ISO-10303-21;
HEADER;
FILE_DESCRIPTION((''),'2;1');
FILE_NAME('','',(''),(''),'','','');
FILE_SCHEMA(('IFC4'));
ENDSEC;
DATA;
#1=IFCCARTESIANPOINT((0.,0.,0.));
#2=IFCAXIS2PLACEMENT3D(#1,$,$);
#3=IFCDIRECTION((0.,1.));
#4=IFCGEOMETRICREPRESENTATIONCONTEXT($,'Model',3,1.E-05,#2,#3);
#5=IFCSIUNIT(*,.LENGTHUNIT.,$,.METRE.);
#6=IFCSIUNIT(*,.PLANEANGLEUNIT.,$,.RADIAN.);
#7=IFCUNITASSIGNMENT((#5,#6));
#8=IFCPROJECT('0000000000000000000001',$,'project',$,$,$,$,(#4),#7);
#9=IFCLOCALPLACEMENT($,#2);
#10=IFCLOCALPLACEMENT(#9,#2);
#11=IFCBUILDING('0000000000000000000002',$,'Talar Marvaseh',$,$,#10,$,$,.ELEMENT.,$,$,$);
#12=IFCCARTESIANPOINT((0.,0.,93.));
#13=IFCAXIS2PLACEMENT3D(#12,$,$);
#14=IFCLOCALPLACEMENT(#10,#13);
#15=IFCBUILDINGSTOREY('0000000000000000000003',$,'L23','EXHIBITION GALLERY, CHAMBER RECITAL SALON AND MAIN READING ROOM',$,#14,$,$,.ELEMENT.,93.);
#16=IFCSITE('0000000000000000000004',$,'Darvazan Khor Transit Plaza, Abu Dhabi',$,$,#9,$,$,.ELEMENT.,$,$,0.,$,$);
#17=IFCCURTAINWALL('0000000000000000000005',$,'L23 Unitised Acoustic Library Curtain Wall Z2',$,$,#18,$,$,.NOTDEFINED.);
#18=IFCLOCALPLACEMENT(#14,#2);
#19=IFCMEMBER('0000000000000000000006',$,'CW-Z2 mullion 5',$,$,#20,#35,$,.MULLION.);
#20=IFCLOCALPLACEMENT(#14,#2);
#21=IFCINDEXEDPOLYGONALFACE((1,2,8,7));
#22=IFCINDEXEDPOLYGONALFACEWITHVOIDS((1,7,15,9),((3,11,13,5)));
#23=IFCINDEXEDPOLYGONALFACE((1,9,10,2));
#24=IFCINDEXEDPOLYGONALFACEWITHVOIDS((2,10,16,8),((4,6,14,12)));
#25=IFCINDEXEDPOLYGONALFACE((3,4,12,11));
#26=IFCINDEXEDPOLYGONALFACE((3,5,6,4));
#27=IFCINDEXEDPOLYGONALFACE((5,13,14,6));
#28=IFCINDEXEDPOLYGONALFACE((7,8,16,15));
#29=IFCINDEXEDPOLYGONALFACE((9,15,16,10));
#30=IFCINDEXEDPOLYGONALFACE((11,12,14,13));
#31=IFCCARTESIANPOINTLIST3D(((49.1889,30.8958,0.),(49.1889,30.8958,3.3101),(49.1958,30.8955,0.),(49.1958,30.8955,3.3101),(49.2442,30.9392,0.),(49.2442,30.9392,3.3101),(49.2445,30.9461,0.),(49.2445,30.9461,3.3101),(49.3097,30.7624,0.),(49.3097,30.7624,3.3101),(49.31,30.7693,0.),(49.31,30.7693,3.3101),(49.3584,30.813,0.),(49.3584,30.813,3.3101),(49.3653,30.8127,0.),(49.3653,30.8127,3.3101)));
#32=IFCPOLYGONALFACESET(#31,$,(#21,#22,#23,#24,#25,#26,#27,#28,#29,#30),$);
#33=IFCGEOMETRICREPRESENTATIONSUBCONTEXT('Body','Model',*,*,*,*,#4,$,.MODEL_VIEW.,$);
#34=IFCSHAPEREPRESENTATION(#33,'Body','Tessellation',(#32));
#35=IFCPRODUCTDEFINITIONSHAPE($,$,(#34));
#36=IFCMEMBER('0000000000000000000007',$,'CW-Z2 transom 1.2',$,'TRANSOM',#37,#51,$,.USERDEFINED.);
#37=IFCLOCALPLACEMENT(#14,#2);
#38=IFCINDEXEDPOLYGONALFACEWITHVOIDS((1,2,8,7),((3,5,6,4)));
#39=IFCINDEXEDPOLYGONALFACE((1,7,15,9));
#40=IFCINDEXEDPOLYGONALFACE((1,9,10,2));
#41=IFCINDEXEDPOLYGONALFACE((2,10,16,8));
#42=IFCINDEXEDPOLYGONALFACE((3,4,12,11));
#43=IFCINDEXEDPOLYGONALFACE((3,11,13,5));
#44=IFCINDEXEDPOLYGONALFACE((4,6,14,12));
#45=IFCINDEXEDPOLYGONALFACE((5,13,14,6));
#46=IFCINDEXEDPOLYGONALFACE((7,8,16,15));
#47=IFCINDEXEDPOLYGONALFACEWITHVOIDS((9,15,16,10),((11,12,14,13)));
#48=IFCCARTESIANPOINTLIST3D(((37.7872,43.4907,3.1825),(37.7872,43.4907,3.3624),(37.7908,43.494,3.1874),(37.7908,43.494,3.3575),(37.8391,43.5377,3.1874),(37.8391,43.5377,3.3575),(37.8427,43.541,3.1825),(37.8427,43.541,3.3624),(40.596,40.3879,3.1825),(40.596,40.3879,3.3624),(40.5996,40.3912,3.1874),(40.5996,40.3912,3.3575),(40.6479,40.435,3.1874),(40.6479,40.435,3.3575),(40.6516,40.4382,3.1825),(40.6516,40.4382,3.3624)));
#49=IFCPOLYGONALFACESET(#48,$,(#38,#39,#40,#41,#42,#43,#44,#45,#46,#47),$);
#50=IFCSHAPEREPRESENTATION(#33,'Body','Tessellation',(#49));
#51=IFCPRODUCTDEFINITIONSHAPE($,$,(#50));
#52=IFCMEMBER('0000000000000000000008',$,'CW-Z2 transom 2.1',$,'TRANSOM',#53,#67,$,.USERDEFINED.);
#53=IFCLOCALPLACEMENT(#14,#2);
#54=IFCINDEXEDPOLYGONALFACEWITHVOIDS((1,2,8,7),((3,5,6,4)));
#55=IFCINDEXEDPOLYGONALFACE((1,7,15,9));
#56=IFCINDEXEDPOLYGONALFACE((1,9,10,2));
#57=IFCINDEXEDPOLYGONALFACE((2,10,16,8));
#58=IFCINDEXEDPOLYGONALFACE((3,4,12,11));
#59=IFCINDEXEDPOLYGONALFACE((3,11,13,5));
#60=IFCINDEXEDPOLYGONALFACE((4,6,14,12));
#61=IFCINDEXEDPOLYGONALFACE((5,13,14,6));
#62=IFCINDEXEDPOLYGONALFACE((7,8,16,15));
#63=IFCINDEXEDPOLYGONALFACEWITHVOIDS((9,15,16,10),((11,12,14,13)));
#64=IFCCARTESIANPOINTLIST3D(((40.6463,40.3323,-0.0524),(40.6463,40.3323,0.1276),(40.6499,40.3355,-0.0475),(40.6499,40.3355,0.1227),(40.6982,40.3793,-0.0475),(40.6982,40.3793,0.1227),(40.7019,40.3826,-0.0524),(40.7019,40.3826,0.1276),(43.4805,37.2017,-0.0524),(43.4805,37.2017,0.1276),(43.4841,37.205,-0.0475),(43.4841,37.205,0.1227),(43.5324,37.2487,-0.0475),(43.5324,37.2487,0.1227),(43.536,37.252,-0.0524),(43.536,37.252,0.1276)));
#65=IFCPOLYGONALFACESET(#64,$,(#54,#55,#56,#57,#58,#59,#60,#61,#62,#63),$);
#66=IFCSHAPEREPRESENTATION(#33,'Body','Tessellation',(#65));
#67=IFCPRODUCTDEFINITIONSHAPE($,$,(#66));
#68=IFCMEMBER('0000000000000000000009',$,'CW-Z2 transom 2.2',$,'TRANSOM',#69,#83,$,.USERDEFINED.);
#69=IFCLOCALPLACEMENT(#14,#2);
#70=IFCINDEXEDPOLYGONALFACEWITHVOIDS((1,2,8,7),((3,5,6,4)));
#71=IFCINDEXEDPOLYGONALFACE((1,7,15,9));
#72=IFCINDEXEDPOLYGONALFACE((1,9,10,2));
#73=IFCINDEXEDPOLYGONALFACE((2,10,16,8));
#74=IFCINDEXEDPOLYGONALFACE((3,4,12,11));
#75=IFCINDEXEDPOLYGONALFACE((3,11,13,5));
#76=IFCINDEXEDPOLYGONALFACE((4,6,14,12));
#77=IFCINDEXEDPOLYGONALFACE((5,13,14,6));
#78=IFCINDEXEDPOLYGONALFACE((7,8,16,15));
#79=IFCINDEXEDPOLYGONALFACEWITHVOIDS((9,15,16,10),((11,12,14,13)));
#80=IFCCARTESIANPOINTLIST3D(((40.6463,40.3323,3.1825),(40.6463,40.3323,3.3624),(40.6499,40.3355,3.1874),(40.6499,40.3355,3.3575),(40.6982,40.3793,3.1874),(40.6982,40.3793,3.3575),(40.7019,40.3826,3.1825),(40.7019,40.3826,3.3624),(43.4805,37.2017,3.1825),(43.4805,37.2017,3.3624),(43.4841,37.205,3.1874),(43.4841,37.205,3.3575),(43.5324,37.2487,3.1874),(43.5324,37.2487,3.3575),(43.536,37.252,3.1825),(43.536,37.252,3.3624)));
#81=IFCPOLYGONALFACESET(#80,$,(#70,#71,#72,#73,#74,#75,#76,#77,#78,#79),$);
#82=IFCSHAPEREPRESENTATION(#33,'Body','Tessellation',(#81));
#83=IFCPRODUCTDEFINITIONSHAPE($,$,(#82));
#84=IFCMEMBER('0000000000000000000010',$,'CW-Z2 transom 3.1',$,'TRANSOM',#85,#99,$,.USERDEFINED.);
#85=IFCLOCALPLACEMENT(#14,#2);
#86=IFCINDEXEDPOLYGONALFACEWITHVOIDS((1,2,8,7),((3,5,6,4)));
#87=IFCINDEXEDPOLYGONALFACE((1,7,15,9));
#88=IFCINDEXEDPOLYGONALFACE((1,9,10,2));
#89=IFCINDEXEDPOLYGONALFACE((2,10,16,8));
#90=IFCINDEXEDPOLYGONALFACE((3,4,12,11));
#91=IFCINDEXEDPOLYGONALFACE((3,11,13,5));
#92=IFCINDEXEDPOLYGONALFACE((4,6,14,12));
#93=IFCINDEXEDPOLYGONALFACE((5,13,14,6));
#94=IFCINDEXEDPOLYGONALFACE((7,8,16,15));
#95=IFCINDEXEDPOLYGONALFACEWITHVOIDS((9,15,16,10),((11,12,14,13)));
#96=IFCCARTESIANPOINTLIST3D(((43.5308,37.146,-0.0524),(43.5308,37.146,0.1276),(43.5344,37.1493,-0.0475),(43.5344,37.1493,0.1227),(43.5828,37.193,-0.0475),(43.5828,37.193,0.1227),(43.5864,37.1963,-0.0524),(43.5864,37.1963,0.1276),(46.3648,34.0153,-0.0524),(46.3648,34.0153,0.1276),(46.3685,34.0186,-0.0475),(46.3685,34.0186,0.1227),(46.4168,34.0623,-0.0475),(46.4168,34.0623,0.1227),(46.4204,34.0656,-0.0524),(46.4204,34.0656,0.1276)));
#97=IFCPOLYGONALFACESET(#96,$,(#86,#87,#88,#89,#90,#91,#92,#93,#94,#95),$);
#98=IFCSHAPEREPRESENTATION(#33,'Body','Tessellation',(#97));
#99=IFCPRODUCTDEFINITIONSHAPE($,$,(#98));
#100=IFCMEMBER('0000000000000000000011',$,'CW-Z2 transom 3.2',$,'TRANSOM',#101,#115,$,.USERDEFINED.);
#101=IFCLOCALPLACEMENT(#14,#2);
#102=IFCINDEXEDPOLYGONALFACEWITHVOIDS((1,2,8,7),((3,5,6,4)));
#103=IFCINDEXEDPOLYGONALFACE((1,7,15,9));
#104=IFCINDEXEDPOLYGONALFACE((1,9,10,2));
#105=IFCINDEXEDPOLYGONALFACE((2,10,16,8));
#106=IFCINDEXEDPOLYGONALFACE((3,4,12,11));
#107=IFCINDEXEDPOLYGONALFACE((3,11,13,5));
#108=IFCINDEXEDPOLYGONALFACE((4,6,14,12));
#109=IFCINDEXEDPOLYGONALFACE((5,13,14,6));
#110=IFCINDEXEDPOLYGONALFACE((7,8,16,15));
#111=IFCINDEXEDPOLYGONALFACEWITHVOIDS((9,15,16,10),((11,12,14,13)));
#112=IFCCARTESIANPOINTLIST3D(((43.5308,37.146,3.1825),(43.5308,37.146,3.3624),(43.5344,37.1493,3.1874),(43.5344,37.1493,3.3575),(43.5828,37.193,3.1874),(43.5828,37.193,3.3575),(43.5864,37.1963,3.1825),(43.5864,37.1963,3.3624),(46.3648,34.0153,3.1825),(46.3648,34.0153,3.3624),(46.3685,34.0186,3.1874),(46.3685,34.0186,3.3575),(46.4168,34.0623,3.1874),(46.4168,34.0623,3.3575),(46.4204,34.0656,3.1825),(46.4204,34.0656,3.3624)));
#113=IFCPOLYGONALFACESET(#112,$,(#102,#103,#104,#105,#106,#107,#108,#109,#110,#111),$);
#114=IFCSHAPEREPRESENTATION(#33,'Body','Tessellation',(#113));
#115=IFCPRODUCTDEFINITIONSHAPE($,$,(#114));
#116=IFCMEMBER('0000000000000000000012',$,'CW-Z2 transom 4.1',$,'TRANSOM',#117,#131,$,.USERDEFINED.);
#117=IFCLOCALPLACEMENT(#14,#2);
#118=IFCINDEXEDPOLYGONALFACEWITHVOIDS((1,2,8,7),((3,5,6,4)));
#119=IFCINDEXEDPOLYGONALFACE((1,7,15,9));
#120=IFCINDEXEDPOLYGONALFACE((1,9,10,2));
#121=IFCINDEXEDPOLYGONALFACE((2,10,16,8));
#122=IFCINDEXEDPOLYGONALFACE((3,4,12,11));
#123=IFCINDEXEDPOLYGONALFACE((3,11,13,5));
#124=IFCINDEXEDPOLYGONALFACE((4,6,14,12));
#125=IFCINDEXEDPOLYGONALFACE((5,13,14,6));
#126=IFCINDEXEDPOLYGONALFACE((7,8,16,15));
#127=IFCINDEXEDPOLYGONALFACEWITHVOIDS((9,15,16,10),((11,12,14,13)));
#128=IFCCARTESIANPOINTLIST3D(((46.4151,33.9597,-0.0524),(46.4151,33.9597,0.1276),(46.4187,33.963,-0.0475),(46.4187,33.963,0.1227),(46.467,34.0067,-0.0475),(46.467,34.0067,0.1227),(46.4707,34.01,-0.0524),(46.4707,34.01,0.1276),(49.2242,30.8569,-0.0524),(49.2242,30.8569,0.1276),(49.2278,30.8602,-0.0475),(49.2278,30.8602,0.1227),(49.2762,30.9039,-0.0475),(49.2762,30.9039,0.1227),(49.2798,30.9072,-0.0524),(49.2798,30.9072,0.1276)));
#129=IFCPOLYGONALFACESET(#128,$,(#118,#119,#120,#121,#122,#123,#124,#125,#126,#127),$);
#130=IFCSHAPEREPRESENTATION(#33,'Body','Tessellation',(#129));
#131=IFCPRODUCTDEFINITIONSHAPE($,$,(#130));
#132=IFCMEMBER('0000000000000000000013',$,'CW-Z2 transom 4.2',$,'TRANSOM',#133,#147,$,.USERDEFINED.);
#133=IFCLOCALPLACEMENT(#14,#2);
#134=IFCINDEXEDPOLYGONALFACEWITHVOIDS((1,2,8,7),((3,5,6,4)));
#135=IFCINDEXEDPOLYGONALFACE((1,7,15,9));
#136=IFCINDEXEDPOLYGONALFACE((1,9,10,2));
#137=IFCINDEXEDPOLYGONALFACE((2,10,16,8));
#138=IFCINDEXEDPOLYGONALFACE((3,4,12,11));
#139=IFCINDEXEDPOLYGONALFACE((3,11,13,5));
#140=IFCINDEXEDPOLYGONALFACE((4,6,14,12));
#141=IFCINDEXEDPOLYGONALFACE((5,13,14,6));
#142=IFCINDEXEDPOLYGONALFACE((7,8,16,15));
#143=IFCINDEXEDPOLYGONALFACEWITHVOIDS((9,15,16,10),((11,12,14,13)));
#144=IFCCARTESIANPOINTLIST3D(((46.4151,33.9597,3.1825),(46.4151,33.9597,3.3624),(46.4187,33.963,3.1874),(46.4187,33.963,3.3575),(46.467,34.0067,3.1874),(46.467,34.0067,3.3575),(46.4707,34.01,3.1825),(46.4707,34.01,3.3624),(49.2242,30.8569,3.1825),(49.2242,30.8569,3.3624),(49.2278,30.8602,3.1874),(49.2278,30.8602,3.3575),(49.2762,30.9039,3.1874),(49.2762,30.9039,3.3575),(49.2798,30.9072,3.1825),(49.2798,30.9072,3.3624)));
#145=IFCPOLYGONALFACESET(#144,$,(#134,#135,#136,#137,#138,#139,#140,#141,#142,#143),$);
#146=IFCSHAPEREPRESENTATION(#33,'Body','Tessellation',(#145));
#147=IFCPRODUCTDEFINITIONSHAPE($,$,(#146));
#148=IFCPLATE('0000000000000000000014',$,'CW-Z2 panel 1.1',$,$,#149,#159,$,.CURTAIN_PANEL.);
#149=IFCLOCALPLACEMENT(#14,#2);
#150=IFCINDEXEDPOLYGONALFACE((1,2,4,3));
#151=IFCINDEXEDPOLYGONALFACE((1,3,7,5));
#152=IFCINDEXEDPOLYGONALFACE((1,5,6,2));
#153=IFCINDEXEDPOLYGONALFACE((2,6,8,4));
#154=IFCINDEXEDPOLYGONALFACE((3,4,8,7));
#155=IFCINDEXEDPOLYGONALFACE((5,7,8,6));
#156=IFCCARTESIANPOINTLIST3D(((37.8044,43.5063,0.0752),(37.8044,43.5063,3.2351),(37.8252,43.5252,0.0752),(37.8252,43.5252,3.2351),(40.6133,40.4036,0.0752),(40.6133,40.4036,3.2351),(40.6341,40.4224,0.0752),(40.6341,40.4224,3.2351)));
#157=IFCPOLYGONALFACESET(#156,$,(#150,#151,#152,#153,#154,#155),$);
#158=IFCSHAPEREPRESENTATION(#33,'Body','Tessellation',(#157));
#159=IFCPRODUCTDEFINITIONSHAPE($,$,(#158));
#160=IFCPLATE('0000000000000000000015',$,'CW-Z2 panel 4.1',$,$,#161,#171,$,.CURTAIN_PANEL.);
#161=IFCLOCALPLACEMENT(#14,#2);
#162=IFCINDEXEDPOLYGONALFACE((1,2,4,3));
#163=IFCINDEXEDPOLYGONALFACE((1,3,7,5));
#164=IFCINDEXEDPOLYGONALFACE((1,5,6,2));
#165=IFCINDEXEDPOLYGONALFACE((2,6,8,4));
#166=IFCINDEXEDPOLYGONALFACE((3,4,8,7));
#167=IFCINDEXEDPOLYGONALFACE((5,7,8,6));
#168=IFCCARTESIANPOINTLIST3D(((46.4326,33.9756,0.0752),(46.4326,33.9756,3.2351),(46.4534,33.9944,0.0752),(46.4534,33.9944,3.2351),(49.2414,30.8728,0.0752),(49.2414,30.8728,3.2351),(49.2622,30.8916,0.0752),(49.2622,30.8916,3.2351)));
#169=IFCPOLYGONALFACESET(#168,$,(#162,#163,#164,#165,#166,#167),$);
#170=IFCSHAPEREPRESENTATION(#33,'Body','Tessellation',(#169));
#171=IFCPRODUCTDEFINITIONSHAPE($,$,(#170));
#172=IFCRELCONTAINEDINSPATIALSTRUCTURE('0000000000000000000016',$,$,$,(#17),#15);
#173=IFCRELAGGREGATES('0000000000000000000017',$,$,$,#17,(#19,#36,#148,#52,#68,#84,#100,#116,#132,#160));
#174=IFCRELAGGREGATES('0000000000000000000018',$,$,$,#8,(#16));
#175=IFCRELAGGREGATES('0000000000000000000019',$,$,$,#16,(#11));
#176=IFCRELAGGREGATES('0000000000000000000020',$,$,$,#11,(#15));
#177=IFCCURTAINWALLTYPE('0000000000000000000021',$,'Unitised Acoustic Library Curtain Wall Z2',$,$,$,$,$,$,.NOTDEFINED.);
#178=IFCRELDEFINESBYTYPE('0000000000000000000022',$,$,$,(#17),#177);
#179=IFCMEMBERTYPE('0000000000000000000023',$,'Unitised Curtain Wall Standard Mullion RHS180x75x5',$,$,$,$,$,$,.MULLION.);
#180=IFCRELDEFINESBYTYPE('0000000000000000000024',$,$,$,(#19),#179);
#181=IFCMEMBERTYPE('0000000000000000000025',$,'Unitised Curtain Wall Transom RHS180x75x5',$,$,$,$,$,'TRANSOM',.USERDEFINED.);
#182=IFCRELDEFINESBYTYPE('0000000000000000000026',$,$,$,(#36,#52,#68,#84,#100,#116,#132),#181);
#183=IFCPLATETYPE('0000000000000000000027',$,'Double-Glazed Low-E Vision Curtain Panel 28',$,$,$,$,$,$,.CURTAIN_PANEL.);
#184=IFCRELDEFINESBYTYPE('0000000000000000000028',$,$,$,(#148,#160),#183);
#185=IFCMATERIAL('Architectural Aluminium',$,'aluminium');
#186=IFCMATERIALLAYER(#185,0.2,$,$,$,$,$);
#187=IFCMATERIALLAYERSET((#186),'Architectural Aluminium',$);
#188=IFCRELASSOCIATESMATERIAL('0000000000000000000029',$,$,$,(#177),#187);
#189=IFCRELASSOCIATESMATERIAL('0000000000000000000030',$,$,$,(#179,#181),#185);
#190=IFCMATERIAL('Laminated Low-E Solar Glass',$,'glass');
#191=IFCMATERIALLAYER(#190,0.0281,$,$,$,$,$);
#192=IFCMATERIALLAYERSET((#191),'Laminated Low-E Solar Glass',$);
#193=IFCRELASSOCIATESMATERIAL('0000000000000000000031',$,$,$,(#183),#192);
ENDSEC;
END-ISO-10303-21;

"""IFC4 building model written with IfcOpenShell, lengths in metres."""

from ifc_helpers import new_model, si_unit, direction, frame, origin, origin_2d, place, context, subcontext, project, spatial, rectangle, hollow_rectangle, extrude, source, transform, mapped, material, layer, layer_set, material_profile, profile_set, type_object, type_shapes, element, aggregate, save


model = new_model("IFC4")

# Units and contexts
model_context = context("Model", 3, precision=1e-05, world=origin(), true_north=direction((0.0, 1.0)))
body_context = subcontext(model_context, "Body", "Model", "MODEL_VIEW")
ifc_project = project(units=[si_unit("LENGTHUNIT", "METRE"), si_unit("PLANEANGLEUNIT", "RADIAN")], contexts=[model_context])

# Site, building, storey
site_placement = place(None, origin())
site = spatial("IfcSite", under=ifc_project, at=site_placement, Name="Darvazan Khor Transit Plaza, Abu Dhabi", CompositionType="ELEMENT", RefElevation=0.0)
building_placement = place(site_placement, origin())
building = spatial("IfcBuilding", under=site, at=building_placement, Name="Talar Marvaseh", CompositionType="ELEMENT")
storey_placement = place(building_placement, frame((0.0, 0.0, 93.0)))
storey = spatial("IfcBuildingStorey", under=building, at=storey_placement, Name="L23", Description="EXHIBITION GALLERY, CHAMBER RECITAL SALON AND MAIN READING ROOM", CompositionType="ELEMENT", Elevation=93.0)

# Curtain wall, members, plates
ifc_material_1 = material(Name="Architectural Aluminium", Category="aluminium")
ifc_layer_1 = layer(ifc_material_1, 0.2)
ifc_layer_set_1 = layer_set([ifc_layer_1], Name="Architectural Aluminium")
curtain_wall_type = type_object("IfcCurtainWallType", Name="Unitised Acoustic Library Curtain Wall Z2", PredefinedType="NOTDEFINED", material=ifc_layer_set_1)
curtain_wall_placement = place(storey_placement, origin())
curtain_wall = element("IfcCurtainWall", 1, at=curtain_wall_placement, inside=storey, type_object=curtain_wall_type, Name="L23 Unitised Acoustic Library Curtain Wall Z2", PredefinedType="NOTDEFINED")
ifc_material_profile_1 = material_profile(ifc_material_1, hollow_rectangle(XDim=0.075, YDim=0.1799, WallThickness=0.0049, at=origin_2d()), Name="RHS180x75x5")
ifc_profile_set_1 = profile_set([ifc_material_profile_1], Name="Architectural Aluminium")
member_type_1 = type_object("IfcMemberType", Name="Unitised Curtain Wall Standard Mullion RHS180x75x5", PredefinedType="MULLION", material=ifc_profile_set_1)
shared_shape_1 = source(origin(), body_context, "Body", "SweptSolid", [
    extrude(hollow_rectangle(XDim=0.075, YDim=0.1799, WallThickness=0.0049, at=origin_2d()), origin(), (0.0, 0.0, 1.0), 3.3101),
])
type_shapes(member_type_1, [shared_shape_1])
member_1_placement = place(storey_placement, frame((49.2771, 30.8542, 0.0), z_axis=(0.0, 0.0, 1.0), x_axis=(0.741347, 0.671122, 0.0)))
member_1 = element("IfcMember", 2, at=member_1_placement, type_object=member_type_1, Name="CW-Z2 mullion 5", PredefinedType="MULLION", context=body_context, shape_type="MappedRepresentation", body=[
    mapped(shared_shape_1, transform((0.0, 0.0, 0.0), x_axis=(1.0, 0.0, 0.0), y_axis=(0.0, 1.0, 0.0), z_axis=(0.0, 0.0, 1.0), scale=1.0)),
])
ifc_material_profile_2 = material_profile(ifc_material_1, hollow_rectangle(XDim=0.075, YDim=0.1799, WallThickness=0.0049, at=origin_2d()), Name="RHS180x75x5")
ifc_profile_set_2 = profile_set([ifc_material_profile_2], Name="Architectural Aluminium")
member_type_2 = type_object("IfcMemberType", Name="Unitised Curtain Wall Transom RHS180x75x5", ElementType="TRANSOM", PredefinedType="USERDEFINED", material=ifc_profile_set_2)
shared_shape_2 = source(origin(), body_context, "Body", "SweptSolid", [
    extrude(hollow_rectangle(XDim=0.075, YDim=0.1799, WallThickness=0.0049, at=origin_2d()), origin(), (0.0, 0.0, 1.0), 4.1853),
])
member_2_placement = place(storey_placement, frame((37.8149, 43.5159, 3.2725), z_axis=(0.671118, -0.741351, 0.0), x_axis=(0.741351, 0.671118, 0.0)))
member_2 = element("IfcMember", 3, at=member_2_placement, type_object=member_type_2, Name="CW-Z2 transom 1.2", ObjectType="TRANSOM", PredefinedType="USERDEFINED", context=body_context, shape_type="MappedRepresentation", body=[
    mapped(shared_shape_2, transform((0.0, 0.0, 0.0), x_axis=(1.0, 0.0, 0.0), y_axis=(0.0, 1.0, 0.0), z_axis=(0.0, 0.0, 1.0), scale=1.0)),
])
shared_shape_3 = source(origin(), body_context, "Body", "SweptSolid", [
    extrude(hollow_rectangle(XDim=0.075, YDim=0.1799, WallThickness=0.0049, at=origin_2d()), origin(), (0.0, 0.0, 1.0), 4.2229),
])
member_3_placement = place(storey_placement, frame((40.6741, 40.3574, 0.0376), z_axis=(0.671143, -0.741328, 0.0), x_axis=(0.741328, 0.671143, 0.0)))
member_3 = element("IfcMember", 4, at=member_3_placement, type_object=member_type_2, Name="CW-Z2 transom 2.1", ObjectType="TRANSOM", PredefinedType="USERDEFINED", context=body_context, shape_type="MappedRepresentation", body=[
    mapped(shared_shape_3, transform((0.0, 0.0, 0.0), x_axis=(1.0, 0.0, 0.0), y_axis=(0.0, 1.0, 0.0), z_axis=(0.0, 0.0, 1.0), scale=1.0)),
])
member_4_placement = place(storey_placement, frame((40.6741, 40.3574, 3.2725), z_axis=(0.671143, -0.741328, 0.0), x_axis=(0.741328, 0.671143, 0.0)))
member_4 = element("IfcMember", 5, at=member_4_placement, type_object=member_type_2, Name="CW-Z2 transom 2.2", ObjectType="TRANSOM", PredefinedType="USERDEFINED", context=body_context, shape_type="MappedRepresentation", body=[
    mapped(shared_shape_3, transform((0.0, 0.0, 0.0), x_axis=(1.0, 0.0, 0.0), y_axis=(0.0, 1.0, 0.0), z_axis=(0.0, 0.0, 1.0), scale=1.0)),
])
member_5_placement = place(storey_placement, frame((43.5586, 37.1711, 0.0376), z_axis=(0.671112, -0.741356, 0.0), x_axis=(0.741356, 0.671112, 0.0)))
member_5 = element("IfcMember", 6, at=member_5_placement, type_object=member_type_2, Name="CW-Z2 transom 3.1", ObjectType="TRANSOM", PredefinedType="USERDEFINED", context=body_context, shape_type="MappedRepresentation", body=[
    mapped(shared_shape_3, transform((0.0, 0.0, 0.0), x_axis=(1.0, 0.0, 0.0), y_axis=(0.0, 1.0, 0.0), z_axis=(0.0, 0.0, 1.0), scale=1.0)),
])
member_6_placement = place(storey_placement, frame((43.5586, 37.1711, 3.2725), z_axis=(0.671112, -0.741356, 0.0), x_axis=(0.741356, 0.671112, 0.0)))
member_6 = element("IfcMember", 7, at=member_6_placement, type_object=member_type_2, Name="CW-Z2 transom 3.2", ObjectType="TRANSOM", PredefinedType="USERDEFINED", context=body_context, shape_type="MappedRepresentation", body=[
    mapped(shared_shape_3, transform((0.0, 0.0, 0.0), x_axis=(1.0, 0.0, 0.0), y_axis=(0.0, 1.0, 0.0), z_axis=(0.0, 0.0, 1.0), scale=1.0)),
])
shared_shape_4 = source(origin(), body_context, "Body", "SweptSolid", [
    extrude(hollow_rectangle(XDim=0.075, YDim=0.1799, WallThickness=0.0049, at=origin_2d()), origin(), (0.0, 0.0, 1.0), 4.1855),
])
type_shapes(member_type_2, [shared_shape_2, shared_shape_3, shared_shape_4])
member_7_placement = place(storey_placement, frame((46.4429, 33.9849, 0.0376), z_axis=(0.67115, -0.741322, 0.0), x_axis=(0.741322, 0.67115, 0.0)))
member_7 = element("IfcMember", 8, at=member_7_placement, type_object=member_type_2, Name="CW-Z2 transom 4.1", ObjectType="TRANSOM", PredefinedType="USERDEFINED", context=body_context, shape_type="MappedRepresentation", body=[
    mapped(shared_shape_4, transform((0.0, 0.0, 0.0), x_axis=(1.0, 0.0, 0.0), y_axis=(0.0, 1.0, 0.0), z_axis=(0.0, 0.0, 1.0), scale=1.0)),
])
member_8_placement = place(storey_placement, frame((46.4429, 33.9849, 3.2725), z_axis=(0.67115, -0.741322, 0.0), x_axis=(0.741322, 0.67115, 0.0)))
member_8 = element("IfcMember", 9, at=member_8_placement, type_object=member_type_2, Name="CW-Z2 transom 4.2", ObjectType="TRANSOM", PredefinedType="USERDEFINED", context=body_context, shape_type="MappedRepresentation", body=[
    mapped(shared_shape_4, transform((0.0, 0.0, 0.0), x_axis=(1.0, 0.0, 0.0), y_axis=(0.0, 1.0, 0.0), z_axis=(0.0, 0.0, 1.0), scale=1.0)),
])
ifc_material_2 = material(Name="Laminated Low-E Solar Glass", Category="glass")
ifc_layer_2 = layer(ifc_material_2, 0.0281)
ifc_layer_set_2 = layer_set([ifc_layer_2], Name="Laminated Low-E Solar Glass")
plate_type = type_object("IfcPlateType", Name="Double-Glazed Low-E Vision Curtain Panel 28", PredefinedType="CURTAIN_PANEL", material=ifc_layer_set_2)
shared_shape_5 = source(origin(), body_context, "Body", "SweptSolid", [
    extrude(rectangle(XDim=4.1853, YDim=0.0281, at=origin_2d()), origin(), (0.0, 0.0, 1.0), 3.1599),
])
plate_1_placement = place(storey_placement, frame((39.2192, 41.9644, 0.0752), z_axis=(0.0, 0.0, 1.0), x_axis=(0.671122, -0.741347, 0.0)))
plate_1 = element("IfcPlate", 10, at=plate_1_placement, type_object=plate_type, Name="CW-Z2 panel 1.1", PredefinedType="CURTAIN_PANEL", context=body_context, shape_type="MappedRepresentation", body=[
    mapped(shared_shape_5, transform((0.0, 0.0, 0.0), x_axis=(1.0, 0.0, 0.0), y_axis=(0.0, 1.0, 0.0), z_axis=(0.0, 0.0, 1.0), scale=1.0)),
])
plate_2_placement = place(storey_placement, frame((47.8474, 32.4336, 0.0752), z_axis=(0.0, 0.0, 1.0), x_axis=(0.671122, -0.741347, 0.0)))
plate_2 = element("IfcPlate", 11, at=plate_2_placement, type_object=plate_type, Name="CW-Z2 panel 4.1", PredefinedType="CURTAIN_PANEL", context=body_context, shape_type="MappedRepresentation", body=[
    mapped(shared_shape_5, transform((0.0, 0.0, 0.0), x_axis=(1.0, 0.0, 0.0), y_axis=(0.0, 1.0, 0.0), z_axis=(0.0, 0.0, 1.0), scale=1.0)),
])
aggregate(curtain_wall, [member_1, member_2, plate_1, member_3, member_4, member_5, member_6, member_7, member_8, plate_2])

save(model, "model.ifc")
